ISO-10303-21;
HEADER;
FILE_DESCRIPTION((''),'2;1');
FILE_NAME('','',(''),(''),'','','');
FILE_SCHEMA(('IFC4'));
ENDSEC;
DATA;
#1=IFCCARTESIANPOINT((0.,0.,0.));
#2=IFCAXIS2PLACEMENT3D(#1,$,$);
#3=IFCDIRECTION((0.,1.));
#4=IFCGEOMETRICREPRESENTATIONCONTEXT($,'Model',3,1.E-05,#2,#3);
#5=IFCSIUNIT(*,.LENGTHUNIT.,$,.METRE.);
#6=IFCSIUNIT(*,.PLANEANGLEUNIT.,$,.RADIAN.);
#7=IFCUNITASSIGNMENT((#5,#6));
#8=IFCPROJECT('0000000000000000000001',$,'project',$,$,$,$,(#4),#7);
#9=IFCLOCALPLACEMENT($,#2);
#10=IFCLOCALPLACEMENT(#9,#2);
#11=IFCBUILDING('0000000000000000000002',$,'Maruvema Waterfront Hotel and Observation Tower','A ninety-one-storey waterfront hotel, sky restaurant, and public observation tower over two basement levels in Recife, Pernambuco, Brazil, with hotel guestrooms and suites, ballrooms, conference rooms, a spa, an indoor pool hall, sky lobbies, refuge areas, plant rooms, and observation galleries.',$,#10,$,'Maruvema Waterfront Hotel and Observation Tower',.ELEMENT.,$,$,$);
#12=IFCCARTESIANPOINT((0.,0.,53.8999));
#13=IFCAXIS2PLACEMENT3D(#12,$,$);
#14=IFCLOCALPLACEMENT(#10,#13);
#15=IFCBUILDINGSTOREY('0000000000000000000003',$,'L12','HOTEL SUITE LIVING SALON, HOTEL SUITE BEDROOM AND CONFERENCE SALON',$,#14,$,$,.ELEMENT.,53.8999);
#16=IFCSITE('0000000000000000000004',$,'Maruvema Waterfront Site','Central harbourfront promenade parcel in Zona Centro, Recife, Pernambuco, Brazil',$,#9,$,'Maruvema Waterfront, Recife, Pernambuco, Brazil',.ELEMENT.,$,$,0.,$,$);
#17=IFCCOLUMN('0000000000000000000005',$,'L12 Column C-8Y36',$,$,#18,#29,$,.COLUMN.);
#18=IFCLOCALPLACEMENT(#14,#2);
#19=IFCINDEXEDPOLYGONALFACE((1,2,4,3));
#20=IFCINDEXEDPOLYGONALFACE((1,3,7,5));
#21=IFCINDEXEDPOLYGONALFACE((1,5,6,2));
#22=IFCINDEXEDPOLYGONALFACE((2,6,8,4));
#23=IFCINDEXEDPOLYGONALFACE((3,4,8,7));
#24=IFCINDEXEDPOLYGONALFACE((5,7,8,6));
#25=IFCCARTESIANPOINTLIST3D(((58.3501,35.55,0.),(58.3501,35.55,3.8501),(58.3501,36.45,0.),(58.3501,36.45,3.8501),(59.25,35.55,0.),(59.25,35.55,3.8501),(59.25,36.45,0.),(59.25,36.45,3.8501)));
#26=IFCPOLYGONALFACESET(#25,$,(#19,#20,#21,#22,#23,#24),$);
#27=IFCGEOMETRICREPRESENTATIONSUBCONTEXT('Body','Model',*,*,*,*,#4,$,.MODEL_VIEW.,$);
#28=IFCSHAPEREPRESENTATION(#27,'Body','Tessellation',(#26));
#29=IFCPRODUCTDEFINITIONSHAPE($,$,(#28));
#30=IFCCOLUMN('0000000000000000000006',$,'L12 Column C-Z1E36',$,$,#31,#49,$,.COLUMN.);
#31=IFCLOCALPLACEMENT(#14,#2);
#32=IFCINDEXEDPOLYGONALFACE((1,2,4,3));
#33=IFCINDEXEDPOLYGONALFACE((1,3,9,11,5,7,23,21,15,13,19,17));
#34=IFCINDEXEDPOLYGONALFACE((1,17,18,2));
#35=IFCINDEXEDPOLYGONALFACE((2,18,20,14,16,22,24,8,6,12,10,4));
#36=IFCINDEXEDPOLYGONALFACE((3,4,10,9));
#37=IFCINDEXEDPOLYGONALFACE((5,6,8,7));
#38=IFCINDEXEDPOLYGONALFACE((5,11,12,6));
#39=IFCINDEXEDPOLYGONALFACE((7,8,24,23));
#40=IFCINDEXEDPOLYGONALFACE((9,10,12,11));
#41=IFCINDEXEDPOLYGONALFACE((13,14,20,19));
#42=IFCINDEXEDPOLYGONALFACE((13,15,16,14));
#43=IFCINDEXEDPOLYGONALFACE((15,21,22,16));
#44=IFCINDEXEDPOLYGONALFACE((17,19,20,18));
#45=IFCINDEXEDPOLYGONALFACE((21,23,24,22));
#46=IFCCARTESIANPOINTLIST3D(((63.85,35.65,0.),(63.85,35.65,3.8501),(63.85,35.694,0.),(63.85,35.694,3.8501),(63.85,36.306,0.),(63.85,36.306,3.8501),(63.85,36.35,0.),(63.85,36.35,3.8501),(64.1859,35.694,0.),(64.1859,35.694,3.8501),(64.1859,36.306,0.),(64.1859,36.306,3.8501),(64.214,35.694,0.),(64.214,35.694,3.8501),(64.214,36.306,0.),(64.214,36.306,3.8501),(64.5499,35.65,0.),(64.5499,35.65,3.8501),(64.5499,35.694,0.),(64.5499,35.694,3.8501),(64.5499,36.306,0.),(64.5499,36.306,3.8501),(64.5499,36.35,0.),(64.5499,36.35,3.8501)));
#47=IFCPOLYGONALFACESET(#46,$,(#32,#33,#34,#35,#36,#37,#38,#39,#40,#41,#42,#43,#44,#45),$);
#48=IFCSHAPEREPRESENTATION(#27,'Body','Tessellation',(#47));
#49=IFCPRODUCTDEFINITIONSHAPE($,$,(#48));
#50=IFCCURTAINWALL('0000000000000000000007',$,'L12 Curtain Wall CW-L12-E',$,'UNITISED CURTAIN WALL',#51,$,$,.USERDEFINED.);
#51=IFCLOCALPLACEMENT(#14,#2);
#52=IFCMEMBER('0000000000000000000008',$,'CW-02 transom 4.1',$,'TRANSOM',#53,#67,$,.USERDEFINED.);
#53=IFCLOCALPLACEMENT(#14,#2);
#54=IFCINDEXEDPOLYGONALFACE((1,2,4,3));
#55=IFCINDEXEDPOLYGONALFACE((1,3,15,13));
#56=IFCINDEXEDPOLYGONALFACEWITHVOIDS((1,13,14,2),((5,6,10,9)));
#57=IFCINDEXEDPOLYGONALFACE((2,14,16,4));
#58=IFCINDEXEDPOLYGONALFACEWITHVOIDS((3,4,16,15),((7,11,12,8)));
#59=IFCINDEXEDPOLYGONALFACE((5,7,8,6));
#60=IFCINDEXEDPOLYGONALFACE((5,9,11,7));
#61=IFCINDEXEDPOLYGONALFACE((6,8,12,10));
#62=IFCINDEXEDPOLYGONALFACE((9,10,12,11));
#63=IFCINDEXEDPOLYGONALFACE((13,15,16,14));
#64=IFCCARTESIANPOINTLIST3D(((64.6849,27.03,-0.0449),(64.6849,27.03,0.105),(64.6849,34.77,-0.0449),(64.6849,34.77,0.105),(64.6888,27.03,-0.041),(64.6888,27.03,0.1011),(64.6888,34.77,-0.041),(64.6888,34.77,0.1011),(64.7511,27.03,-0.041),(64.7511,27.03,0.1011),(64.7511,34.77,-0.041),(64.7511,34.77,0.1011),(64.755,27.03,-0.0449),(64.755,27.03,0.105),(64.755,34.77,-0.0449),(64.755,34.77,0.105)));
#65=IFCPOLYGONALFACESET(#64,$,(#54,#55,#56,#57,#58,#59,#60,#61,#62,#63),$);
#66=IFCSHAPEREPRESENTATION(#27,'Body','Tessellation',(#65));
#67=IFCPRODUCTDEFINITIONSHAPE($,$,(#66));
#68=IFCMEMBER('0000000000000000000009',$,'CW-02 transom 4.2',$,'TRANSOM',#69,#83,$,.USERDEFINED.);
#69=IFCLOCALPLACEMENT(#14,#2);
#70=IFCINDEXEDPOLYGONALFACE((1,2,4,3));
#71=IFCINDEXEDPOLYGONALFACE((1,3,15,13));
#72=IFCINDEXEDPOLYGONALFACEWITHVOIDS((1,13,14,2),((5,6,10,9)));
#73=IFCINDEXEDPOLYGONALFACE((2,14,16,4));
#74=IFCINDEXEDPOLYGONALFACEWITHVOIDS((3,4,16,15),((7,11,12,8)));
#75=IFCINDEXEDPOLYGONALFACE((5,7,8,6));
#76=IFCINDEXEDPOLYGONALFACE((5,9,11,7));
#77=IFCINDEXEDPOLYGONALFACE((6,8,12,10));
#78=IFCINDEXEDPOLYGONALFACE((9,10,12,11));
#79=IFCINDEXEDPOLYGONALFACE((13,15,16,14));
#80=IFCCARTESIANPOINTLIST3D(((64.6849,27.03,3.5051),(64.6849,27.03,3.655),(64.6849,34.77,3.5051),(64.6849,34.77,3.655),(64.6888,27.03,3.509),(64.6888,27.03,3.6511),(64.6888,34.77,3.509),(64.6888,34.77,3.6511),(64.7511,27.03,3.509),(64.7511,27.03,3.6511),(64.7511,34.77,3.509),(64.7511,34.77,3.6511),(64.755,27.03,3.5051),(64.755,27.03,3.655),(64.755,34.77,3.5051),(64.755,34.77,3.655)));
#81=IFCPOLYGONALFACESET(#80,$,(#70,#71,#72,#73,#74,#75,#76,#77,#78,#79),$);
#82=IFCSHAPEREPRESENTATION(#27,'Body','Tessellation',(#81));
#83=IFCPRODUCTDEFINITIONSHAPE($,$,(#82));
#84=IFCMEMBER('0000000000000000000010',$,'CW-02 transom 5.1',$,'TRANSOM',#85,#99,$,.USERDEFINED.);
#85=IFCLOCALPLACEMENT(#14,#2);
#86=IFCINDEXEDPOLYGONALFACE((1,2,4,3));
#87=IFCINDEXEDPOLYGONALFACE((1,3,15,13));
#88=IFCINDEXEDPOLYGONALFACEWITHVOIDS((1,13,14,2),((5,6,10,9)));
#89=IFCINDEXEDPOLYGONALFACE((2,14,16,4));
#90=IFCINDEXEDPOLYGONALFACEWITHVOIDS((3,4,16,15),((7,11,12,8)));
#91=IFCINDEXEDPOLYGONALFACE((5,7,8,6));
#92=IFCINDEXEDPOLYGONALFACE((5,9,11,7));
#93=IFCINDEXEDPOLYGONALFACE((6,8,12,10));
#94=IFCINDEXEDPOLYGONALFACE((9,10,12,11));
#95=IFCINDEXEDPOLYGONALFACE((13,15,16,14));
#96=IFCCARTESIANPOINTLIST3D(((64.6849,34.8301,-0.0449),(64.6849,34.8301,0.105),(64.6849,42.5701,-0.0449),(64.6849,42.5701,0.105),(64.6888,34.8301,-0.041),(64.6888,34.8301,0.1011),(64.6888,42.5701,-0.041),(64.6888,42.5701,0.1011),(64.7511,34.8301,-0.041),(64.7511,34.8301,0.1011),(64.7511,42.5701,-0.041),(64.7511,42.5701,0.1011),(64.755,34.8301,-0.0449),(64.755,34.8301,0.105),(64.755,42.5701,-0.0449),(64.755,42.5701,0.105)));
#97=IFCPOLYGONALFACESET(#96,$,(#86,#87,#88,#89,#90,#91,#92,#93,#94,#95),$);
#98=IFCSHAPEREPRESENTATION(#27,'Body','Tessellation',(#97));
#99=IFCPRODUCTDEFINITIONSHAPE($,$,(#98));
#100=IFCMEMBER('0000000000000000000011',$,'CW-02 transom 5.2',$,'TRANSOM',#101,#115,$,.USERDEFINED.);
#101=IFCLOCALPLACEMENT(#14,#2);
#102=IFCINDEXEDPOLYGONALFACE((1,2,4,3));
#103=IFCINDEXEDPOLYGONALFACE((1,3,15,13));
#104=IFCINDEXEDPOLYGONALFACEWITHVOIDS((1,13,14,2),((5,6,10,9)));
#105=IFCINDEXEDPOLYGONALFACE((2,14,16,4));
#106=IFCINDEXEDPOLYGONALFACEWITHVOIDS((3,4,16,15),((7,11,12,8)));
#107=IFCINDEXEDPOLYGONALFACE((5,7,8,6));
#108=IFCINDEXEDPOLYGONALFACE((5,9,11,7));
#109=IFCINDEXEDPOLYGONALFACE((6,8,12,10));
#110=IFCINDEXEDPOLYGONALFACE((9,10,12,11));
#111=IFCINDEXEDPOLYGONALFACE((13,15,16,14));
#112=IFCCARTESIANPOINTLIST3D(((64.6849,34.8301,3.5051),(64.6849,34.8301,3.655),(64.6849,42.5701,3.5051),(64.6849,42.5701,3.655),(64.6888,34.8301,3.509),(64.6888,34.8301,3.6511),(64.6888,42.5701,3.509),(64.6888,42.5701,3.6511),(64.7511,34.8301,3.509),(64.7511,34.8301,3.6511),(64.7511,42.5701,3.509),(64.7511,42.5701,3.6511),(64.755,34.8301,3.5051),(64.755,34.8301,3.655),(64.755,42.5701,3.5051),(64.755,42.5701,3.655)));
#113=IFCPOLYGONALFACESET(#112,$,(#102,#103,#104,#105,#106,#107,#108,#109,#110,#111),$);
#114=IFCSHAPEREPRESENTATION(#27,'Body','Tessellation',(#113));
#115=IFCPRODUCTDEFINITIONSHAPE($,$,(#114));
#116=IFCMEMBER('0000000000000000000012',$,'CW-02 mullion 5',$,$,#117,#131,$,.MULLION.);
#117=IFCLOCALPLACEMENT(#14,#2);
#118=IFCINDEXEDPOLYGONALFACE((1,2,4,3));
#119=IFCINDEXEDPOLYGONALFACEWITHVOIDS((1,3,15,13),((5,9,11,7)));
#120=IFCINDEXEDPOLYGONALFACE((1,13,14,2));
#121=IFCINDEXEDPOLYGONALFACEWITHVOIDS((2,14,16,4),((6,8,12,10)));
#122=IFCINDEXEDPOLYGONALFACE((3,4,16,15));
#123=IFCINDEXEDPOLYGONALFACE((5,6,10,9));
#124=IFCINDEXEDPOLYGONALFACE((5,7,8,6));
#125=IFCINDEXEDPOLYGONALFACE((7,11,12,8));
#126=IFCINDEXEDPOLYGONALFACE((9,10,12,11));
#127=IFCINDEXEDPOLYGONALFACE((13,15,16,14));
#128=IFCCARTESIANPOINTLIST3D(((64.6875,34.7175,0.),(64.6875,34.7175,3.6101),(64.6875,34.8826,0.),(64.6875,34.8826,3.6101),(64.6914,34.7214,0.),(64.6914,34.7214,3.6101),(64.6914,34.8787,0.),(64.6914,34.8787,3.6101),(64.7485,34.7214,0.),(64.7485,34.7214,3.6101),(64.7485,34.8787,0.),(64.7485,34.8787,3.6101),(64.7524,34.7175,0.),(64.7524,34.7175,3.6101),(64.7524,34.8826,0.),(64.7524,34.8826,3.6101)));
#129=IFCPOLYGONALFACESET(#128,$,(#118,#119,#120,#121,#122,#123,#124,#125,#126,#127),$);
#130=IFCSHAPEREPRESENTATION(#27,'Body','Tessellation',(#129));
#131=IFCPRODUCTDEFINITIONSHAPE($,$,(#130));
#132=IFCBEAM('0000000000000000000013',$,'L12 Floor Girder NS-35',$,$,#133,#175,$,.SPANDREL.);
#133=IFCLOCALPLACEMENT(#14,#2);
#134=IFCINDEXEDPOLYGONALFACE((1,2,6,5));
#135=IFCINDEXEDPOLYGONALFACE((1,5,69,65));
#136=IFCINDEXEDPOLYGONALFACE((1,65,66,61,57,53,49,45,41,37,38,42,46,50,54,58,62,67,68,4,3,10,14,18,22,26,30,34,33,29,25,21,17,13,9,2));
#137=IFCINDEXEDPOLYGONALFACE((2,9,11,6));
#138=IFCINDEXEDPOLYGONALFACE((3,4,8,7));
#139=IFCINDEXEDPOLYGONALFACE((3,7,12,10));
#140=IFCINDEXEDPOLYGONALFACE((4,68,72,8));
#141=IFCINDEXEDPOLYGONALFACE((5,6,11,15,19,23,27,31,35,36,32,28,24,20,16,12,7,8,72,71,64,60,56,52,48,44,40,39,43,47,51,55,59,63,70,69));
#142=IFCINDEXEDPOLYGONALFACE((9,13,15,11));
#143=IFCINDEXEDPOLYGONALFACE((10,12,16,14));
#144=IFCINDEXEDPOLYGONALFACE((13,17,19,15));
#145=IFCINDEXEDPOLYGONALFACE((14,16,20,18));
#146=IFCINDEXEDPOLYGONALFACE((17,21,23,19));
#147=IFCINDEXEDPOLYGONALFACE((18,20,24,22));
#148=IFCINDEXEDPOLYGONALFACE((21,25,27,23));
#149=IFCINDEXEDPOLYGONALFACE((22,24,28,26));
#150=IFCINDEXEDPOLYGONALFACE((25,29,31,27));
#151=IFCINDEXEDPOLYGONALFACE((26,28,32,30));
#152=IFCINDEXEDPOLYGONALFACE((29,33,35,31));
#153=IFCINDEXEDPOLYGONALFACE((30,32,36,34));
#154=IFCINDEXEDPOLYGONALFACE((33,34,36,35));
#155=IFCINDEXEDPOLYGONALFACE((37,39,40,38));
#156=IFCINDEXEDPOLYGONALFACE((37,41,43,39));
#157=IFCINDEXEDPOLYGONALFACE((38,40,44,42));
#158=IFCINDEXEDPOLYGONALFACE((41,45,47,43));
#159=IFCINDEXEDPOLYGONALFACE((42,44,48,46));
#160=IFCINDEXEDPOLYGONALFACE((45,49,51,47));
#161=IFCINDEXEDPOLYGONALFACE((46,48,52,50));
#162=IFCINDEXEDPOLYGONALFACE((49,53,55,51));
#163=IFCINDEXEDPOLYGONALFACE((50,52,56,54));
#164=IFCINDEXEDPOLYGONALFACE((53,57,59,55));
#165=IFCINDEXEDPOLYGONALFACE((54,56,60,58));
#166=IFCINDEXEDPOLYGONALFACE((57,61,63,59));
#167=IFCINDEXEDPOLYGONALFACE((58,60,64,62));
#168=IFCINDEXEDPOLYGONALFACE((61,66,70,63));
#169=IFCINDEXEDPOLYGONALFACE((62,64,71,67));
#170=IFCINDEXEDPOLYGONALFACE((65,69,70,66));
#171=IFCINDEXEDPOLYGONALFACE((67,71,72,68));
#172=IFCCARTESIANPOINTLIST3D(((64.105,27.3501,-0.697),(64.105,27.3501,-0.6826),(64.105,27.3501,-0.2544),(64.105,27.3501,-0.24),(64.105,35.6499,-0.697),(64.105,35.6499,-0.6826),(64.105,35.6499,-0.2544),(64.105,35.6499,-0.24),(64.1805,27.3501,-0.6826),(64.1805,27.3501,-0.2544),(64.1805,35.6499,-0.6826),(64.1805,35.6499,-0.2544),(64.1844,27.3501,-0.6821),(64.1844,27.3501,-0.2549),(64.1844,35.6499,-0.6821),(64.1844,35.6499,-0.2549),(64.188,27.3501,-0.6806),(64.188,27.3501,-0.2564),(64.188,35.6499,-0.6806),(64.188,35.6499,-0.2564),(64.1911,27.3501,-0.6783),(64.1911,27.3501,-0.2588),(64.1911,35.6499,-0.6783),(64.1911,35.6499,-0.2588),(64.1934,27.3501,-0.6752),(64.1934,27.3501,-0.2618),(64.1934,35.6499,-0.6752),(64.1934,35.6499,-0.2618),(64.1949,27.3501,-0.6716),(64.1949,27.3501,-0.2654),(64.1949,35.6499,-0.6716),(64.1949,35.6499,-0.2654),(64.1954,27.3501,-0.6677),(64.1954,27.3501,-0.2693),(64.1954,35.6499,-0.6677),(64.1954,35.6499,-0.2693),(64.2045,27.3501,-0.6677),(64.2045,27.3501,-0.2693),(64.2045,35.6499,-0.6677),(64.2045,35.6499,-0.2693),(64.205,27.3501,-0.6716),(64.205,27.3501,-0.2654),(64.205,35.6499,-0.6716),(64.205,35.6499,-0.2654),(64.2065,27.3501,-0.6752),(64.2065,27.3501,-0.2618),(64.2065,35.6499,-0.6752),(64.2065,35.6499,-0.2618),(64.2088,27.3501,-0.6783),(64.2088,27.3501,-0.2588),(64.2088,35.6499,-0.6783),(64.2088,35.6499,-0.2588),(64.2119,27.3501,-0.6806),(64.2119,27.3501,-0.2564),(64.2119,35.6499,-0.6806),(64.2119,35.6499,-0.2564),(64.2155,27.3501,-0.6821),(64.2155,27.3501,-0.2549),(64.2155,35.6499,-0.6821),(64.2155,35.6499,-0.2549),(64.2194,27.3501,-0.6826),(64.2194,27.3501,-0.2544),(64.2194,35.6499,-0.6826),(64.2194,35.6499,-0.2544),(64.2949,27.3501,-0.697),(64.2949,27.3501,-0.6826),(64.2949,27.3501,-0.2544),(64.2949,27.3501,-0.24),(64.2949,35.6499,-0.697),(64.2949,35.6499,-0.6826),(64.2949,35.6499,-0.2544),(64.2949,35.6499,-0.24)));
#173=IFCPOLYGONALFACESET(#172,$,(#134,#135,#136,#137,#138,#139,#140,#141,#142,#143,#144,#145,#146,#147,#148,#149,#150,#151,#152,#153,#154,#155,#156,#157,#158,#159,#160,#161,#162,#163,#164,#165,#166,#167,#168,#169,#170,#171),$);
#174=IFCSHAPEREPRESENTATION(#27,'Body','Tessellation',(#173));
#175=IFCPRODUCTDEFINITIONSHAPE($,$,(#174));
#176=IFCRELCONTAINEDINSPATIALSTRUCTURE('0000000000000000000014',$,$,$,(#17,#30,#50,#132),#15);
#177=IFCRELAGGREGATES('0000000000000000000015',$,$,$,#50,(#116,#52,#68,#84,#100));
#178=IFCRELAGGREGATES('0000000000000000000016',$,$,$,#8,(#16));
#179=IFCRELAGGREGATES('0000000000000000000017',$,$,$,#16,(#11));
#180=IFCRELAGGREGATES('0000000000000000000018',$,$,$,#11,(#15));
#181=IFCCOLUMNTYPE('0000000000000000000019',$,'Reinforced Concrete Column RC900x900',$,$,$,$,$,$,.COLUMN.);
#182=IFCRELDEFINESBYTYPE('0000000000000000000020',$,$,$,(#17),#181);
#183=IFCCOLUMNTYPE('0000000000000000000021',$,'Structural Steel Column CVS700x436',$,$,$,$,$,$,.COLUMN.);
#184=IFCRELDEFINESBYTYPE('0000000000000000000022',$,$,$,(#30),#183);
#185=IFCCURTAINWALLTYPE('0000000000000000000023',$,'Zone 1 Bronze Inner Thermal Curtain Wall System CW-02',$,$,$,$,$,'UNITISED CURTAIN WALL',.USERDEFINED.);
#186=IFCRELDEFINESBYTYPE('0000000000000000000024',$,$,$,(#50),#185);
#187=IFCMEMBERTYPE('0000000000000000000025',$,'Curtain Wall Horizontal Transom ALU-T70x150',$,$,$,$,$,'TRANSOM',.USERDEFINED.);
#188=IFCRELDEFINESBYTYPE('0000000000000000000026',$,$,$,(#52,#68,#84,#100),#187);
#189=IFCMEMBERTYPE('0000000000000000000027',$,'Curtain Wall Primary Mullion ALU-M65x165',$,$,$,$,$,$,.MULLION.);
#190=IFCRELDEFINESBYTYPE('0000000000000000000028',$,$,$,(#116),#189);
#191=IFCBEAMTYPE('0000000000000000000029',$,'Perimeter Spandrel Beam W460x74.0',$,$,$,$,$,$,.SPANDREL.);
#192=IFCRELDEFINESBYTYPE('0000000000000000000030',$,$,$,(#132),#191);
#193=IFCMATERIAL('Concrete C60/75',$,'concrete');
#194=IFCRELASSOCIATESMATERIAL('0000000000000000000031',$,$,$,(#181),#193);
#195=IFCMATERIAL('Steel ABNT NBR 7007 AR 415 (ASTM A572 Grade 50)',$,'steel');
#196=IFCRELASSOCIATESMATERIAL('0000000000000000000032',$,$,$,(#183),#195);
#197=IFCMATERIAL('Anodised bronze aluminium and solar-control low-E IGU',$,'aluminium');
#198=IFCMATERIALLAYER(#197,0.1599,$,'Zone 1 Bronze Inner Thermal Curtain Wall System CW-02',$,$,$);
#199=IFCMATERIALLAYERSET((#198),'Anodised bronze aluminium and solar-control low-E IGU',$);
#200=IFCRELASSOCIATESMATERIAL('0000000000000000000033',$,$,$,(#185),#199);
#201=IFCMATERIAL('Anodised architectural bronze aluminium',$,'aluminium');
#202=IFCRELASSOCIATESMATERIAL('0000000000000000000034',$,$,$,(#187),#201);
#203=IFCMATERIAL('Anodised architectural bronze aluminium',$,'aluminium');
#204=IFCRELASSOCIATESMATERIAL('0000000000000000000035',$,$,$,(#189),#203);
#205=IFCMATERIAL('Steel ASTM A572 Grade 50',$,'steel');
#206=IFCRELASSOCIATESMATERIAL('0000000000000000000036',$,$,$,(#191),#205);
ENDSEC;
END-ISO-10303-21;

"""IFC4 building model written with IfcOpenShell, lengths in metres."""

from ifc_helpers import new_model, si_unit, direction, frame, origin, origin_2d, place, context, subcontext, project, spatial, rectangle, hollow_rectangle, i_section, extrude, material, layer, layer_set, material_profile, profile_set, type_object, element, aggregate, save


model = new_model("IFC4")

# Units and contexts
model_context = context("Model", 3, precision=1e-05, world=origin(), true_north=direction((0.0, 1.0)))
body_context = subcontext(model_context, "Body", "Model", "MODEL_VIEW")
ifc_project = project(units=[si_unit("LENGTHUNIT", "METRE"), si_unit("PLANEANGLEUNIT", "RADIAN")], contexts=[model_context])

# Site, building, storey
site_placement = place(None, origin())
site = spatial("IfcSite", under=ifc_project, at=site_placement, Name="Maruvema Waterfront Site", Description="Central harbourfront promenade parcel in Zona Centro, Recife, Pernambuco, Brazil", LongName="Maruvema Waterfront, Recife, Pernambuco, Brazil", CompositionType="ELEMENT", RefElevation=0.0)
building_placement = place(site_placement, origin())
building = spatial("IfcBuilding", under=site, at=building_placement, Name="Maruvema Waterfront Hotel and Observation Tower", Description="A ninety-one-storey waterfront hotel, sky restaurant, and public observation tower over two basement levels in Recife, Pernambuco, Brazil, with hotel guestrooms and suites, ballrooms, conference rooms, a spa, an indoor pool hall, sky lobbies, refuge areas, plant rooms, and observation galleries.", LongName="Maruvema Waterfront Hotel and Observation Tower", CompositionType="ELEMENT")
storey_placement = place(building_placement, frame((0.0, 0.0, 53.8999)))
storey = spatial("IfcBuildingStorey", under=building, at=storey_placement, Name="L12", Description="HOTEL SUITE LIVING SALON, HOTEL SUITE BEDROOM AND CONFERENCE SALON", CompositionType="ELEMENT", Elevation=53.8999)

# Columns
ifc_material_1 = material(Name="Concrete C60/75", Category="concrete")
ifc_material_profile_1 = material_profile(ifc_material_1, rectangle(XDim=0.8999, YDim=0.8999, at=origin_2d()), Name="RC900x900")
ifc_profile_set_1 = profile_set([ifc_material_profile_1], Name="Concrete C60/75")
column_type_1 = type_object("IfcColumnType", Name="Reinforced Concrete Column RC900x900", PredefinedType="COLUMN", material=ifc_profile_set_1)
column_1_placement = place(storey_placement, frame((58.8, 36.0, 0.0), z_axis=(0.0, 0.0, 1.0), x_axis=(1.0, 0.0, 0.0)))
element("IfcColumn", 1, at=column_1_placement, inside=storey, type_object=column_type_1, Name="L12 Column C-8Y36", PredefinedType="COLUMN", context=body_context, shape_type="SweptSolid", body=[
    extrude(rectangle(XDim=0.8999, YDim=0.8999, at=origin_2d()), origin(), (0.0, 0.0, 1.0), 3.8501),
])
ifc_material_2 = material(Name="Steel ABNT NBR 7007 AR 415 (ASTM A572 Grade 50)", Category="steel")
ifc_material_profile_2 = material_profile(ifc_material_2, i_section(OverallWidth=0.7, OverallDepth=0.7, WebThickness=0.0281, FlangeThickness=0.0439, at=origin_2d()), Name="CVS700x436")
ifc_profile_set_2 = profile_set([ifc_material_profile_2], Name="Steel ABNT NBR 7007 AR 415 (ASTM A572 Grade 50)")
column_type_2 = type_object("IfcColumnType", Name="Structural Steel Column CVS700x436", PredefinedType="COLUMN", material=ifc_profile_set_2)
column_2_placement = place(storey_placement, frame((64.2, 36.0, 0.0), z_axis=(0.0, 0.0, 1.0), x_axis=(1.0, 0.0, 0.0)))
element("IfcColumn", 2, at=column_2_placement, inside=storey, type_object=column_type_2, Name="L12 Column C-Z1E36", PredefinedType="COLUMN", context=body_context, shape_type="SweptSolid", body=[
    extrude(i_section(OverallWidth=0.7, OverallDepth=0.7, WebThickness=0.0281, FlangeThickness=0.0439, at=origin_2d()), origin(), (0.0, 0.0, 1.0), 3.8501),
])

# Curtain wall, members
ifc_material_3 = material(Name="Anodised bronze aluminium and solar-control low-E IGU", Category="aluminium")
ifc_layer_1 = layer(ifc_material_3, 0.1599, Name="Zone 1 Bronze Inner Thermal Curtain Wall System CW-02")
ifc_layer_set_1 = layer_set([ifc_layer_1], Name="Anodised bronze aluminium and solar-control low-E IGU")
curtain_wall_type = type_object("IfcCurtainWallType", Name="Zone 1 Bronze Inner Thermal Curtain Wall System CW-02", ElementType="UNITISED CURTAIN WALL", PredefinedType="USERDEFINED", material=ifc_layer_set_1)
curtain_wall_placement = place(storey_placement, origin())
curtain_wall = element("IfcCurtainWall", 3, at=curtain_wall_placement, inside=storey, type_object=curtain_wall_type, Name="L12 Curtain Wall CW-L12-E", ObjectType="UNITISED CURTAIN WALL", PredefinedType="USERDEFINED")
ifc_material_4 = material(Name="Anodised architectural bronze aluminium", Category="aluminium")
ifc_material_profile_3 = material_profile(ifc_material_4, hollow_rectangle(XDim=0.0701, YDim=0.1499, WallThickness=0.0039, at=origin_2d()), Name="ALU-T70x150")
ifc_profile_set_3 = profile_set([ifc_material_profile_3], Name="Anodised architectural bronze aluminium")
member_type_1 = type_object("IfcMemberType", Name="Curtain Wall Horizontal Transom ALU-T70x150", ElementType="TRANSOM", PredefinedType="USERDEFINED", material=ifc_profile_set_3)
member_1_placement = place(storey_placement, frame((64.72, 27.03, 0.03), z_axis=(0.0, 1.0, 0.0), x_axis=(-1.0, 0.0, 0.0)))
member_1 = element("IfcMember", 4, at=member_1_placement, type_object=member_type_1, Name="CW-02 transom 4.1", ObjectType="TRANSOM", PredefinedType="USERDEFINED", context=body_context, shape_type="SweptSolid", body=[
    extrude(hollow_rectangle(XDim=0.0701, YDim=0.1499, WallThickness=0.0039, at=origin_2d()), origin(), (0.0, 0.0, 1.0), 7.74),
])
member_2_placement = place(storey_placement, frame((64.72, 27.03, 3.5801), z_axis=(0.0, 1.0, 0.0), x_axis=(-1.0, 0.0, 0.0)))
member_2 = element("IfcMember", 5, at=member_2_placement, type_object=member_type_1, Name="CW-02 transom 4.2", ObjectType="TRANSOM", PredefinedType="USERDEFINED", context=body_context, shape_type="SweptSolid", body=[
    extrude(hollow_rectangle(XDim=0.0701, YDim=0.1499, WallThickness=0.0039, at=origin_2d()), origin(), (0.0, 0.0, 1.0), 7.74),
])
member_3_placement = place(storey_placement, frame((64.72, 34.8301, 0.03), z_axis=(0.0, 1.0, 0.0), x_axis=(-1.0, 0.0, 0.0)))
member_3 = element("IfcMember", 6, at=member_3_placement, type_object=member_type_1, Name="CW-02 transom 5.1", ObjectType="TRANSOM", PredefinedType="USERDEFINED", context=body_context, shape_type="SweptSolid", body=[
    extrude(hollow_rectangle(XDim=0.0701, YDim=0.1499, WallThickness=0.0039, at=origin_2d()), origin(), (0.0, 0.0, 1.0), 7.74),
])
member_4_placement = place(storey_placement, frame((64.72, 34.8301, 3.5801), z_axis=(0.0, 1.0, 0.0), x_axis=(-1.0, 0.0, 0.0)))
member_4 = element("IfcMember", 7, at=member_4_placement, type_object=member_type_1, Name="CW-02 transom 5.2", ObjectType="TRANSOM", PredefinedType="USERDEFINED", context=body_context, shape_type="SweptSolid", body=[
    extrude(hollow_rectangle(XDim=0.0701, YDim=0.1499, WallThickness=0.0039, at=origin_2d()), origin(), (0.0, 0.0, 1.0), 7.74),
])
ifc_material_5 = material(Name="Anodised architectural bronze aluminium", Category="aluminium")
ifc_material_profile_4 = material_profile(ifc_material_5, hollow_rectangle(XDim=0.0649, YDim=0.165, WallThickness=0.0039, at=origin_2d()), Name="ALU-M65x165")
ifc_profile_set_4 = profile_set([ifc_material_profile_4], Name="Anodised architectural bronze aluminium")
member_type_2 = type_object("IfcMemberType", Name="Curtain Wall Primary Mullion ALU-M65x165", PredefinedType="MULLION", material=ifc_profile_set_4)
member_5_placement = place(storey_placement, frame((64.72, 34.8, 0.0), z_axis=(0.0, 0.0, 1.0), x_axis=(-1.0, 0.0, 0.0)))
member_5 = element("IfcMember", 8, at=member_5_placement, type_object=member_type_2, Name="CW-02 mullion 5", PredefinedType="MULLION", context=body_context, shape_type="SweptSolid", body=[
    extrude(hollow_rectangle(XDim=0.0649, YDim=0.165, WallThickness=0.0039, at=origin_2d()), origin(), (0.0, 0.0, 1.0), 3.6101),
])

# Beam
ifc_material_6 = material(Name="Steel ASTM A572 Grade 50", Category="steel")
ifc_material_profile_5 = material_profile(ifc_material_6, i_section(OverallWidth=0.1899, OverallDepth=0.457, WebThickness=0.009, FlangeThickness=0.0144, FilletRadius=0.0149, at=origin_2d()), Name="W460x74.0")
ifc_profile_set_5 = profile_set([ifc_material_profile_5], Name="Steel ASTM A572 Grade 50")
beam_type_1 = type_object("IfcBeamType", Name="Perimeter Spandrel Beam W460x74.0", PredefinedType="SPANDREL", material=ifc_profile_set_5)
for number, where, z_axis, x_axis, name in (
    (9, (64.2, 27.3501, -0.4685), (0.0, 1.0, 0.0), (-1.0, 0.0, 0.0), "L12 Floor Girder NS-35"),
):
    element("IfcBeam", number, at=place(storey_placement, frame(where, z_axis=z_axis, x_axis=x_axis)), inside=storey, type_object=beam_type_1, Name=name, PredefinedType="SPANDREL", context=body_context, shape_type="SweptSolid", body=[
        extrude(i_section(OverallWidth=0.1899, OverallDepth=0.457, WebThickness=0.009, FlangeThickness=0.0144, FilletRadius=0.0149, at=origin_2d()), origin(), (0.0, 0.0, 1.0), 8.2998),
    ])

aggregate(curtain_wall, [member_5, member_1, member_2, member_3, member_4])

save(model, "model.ifc")
